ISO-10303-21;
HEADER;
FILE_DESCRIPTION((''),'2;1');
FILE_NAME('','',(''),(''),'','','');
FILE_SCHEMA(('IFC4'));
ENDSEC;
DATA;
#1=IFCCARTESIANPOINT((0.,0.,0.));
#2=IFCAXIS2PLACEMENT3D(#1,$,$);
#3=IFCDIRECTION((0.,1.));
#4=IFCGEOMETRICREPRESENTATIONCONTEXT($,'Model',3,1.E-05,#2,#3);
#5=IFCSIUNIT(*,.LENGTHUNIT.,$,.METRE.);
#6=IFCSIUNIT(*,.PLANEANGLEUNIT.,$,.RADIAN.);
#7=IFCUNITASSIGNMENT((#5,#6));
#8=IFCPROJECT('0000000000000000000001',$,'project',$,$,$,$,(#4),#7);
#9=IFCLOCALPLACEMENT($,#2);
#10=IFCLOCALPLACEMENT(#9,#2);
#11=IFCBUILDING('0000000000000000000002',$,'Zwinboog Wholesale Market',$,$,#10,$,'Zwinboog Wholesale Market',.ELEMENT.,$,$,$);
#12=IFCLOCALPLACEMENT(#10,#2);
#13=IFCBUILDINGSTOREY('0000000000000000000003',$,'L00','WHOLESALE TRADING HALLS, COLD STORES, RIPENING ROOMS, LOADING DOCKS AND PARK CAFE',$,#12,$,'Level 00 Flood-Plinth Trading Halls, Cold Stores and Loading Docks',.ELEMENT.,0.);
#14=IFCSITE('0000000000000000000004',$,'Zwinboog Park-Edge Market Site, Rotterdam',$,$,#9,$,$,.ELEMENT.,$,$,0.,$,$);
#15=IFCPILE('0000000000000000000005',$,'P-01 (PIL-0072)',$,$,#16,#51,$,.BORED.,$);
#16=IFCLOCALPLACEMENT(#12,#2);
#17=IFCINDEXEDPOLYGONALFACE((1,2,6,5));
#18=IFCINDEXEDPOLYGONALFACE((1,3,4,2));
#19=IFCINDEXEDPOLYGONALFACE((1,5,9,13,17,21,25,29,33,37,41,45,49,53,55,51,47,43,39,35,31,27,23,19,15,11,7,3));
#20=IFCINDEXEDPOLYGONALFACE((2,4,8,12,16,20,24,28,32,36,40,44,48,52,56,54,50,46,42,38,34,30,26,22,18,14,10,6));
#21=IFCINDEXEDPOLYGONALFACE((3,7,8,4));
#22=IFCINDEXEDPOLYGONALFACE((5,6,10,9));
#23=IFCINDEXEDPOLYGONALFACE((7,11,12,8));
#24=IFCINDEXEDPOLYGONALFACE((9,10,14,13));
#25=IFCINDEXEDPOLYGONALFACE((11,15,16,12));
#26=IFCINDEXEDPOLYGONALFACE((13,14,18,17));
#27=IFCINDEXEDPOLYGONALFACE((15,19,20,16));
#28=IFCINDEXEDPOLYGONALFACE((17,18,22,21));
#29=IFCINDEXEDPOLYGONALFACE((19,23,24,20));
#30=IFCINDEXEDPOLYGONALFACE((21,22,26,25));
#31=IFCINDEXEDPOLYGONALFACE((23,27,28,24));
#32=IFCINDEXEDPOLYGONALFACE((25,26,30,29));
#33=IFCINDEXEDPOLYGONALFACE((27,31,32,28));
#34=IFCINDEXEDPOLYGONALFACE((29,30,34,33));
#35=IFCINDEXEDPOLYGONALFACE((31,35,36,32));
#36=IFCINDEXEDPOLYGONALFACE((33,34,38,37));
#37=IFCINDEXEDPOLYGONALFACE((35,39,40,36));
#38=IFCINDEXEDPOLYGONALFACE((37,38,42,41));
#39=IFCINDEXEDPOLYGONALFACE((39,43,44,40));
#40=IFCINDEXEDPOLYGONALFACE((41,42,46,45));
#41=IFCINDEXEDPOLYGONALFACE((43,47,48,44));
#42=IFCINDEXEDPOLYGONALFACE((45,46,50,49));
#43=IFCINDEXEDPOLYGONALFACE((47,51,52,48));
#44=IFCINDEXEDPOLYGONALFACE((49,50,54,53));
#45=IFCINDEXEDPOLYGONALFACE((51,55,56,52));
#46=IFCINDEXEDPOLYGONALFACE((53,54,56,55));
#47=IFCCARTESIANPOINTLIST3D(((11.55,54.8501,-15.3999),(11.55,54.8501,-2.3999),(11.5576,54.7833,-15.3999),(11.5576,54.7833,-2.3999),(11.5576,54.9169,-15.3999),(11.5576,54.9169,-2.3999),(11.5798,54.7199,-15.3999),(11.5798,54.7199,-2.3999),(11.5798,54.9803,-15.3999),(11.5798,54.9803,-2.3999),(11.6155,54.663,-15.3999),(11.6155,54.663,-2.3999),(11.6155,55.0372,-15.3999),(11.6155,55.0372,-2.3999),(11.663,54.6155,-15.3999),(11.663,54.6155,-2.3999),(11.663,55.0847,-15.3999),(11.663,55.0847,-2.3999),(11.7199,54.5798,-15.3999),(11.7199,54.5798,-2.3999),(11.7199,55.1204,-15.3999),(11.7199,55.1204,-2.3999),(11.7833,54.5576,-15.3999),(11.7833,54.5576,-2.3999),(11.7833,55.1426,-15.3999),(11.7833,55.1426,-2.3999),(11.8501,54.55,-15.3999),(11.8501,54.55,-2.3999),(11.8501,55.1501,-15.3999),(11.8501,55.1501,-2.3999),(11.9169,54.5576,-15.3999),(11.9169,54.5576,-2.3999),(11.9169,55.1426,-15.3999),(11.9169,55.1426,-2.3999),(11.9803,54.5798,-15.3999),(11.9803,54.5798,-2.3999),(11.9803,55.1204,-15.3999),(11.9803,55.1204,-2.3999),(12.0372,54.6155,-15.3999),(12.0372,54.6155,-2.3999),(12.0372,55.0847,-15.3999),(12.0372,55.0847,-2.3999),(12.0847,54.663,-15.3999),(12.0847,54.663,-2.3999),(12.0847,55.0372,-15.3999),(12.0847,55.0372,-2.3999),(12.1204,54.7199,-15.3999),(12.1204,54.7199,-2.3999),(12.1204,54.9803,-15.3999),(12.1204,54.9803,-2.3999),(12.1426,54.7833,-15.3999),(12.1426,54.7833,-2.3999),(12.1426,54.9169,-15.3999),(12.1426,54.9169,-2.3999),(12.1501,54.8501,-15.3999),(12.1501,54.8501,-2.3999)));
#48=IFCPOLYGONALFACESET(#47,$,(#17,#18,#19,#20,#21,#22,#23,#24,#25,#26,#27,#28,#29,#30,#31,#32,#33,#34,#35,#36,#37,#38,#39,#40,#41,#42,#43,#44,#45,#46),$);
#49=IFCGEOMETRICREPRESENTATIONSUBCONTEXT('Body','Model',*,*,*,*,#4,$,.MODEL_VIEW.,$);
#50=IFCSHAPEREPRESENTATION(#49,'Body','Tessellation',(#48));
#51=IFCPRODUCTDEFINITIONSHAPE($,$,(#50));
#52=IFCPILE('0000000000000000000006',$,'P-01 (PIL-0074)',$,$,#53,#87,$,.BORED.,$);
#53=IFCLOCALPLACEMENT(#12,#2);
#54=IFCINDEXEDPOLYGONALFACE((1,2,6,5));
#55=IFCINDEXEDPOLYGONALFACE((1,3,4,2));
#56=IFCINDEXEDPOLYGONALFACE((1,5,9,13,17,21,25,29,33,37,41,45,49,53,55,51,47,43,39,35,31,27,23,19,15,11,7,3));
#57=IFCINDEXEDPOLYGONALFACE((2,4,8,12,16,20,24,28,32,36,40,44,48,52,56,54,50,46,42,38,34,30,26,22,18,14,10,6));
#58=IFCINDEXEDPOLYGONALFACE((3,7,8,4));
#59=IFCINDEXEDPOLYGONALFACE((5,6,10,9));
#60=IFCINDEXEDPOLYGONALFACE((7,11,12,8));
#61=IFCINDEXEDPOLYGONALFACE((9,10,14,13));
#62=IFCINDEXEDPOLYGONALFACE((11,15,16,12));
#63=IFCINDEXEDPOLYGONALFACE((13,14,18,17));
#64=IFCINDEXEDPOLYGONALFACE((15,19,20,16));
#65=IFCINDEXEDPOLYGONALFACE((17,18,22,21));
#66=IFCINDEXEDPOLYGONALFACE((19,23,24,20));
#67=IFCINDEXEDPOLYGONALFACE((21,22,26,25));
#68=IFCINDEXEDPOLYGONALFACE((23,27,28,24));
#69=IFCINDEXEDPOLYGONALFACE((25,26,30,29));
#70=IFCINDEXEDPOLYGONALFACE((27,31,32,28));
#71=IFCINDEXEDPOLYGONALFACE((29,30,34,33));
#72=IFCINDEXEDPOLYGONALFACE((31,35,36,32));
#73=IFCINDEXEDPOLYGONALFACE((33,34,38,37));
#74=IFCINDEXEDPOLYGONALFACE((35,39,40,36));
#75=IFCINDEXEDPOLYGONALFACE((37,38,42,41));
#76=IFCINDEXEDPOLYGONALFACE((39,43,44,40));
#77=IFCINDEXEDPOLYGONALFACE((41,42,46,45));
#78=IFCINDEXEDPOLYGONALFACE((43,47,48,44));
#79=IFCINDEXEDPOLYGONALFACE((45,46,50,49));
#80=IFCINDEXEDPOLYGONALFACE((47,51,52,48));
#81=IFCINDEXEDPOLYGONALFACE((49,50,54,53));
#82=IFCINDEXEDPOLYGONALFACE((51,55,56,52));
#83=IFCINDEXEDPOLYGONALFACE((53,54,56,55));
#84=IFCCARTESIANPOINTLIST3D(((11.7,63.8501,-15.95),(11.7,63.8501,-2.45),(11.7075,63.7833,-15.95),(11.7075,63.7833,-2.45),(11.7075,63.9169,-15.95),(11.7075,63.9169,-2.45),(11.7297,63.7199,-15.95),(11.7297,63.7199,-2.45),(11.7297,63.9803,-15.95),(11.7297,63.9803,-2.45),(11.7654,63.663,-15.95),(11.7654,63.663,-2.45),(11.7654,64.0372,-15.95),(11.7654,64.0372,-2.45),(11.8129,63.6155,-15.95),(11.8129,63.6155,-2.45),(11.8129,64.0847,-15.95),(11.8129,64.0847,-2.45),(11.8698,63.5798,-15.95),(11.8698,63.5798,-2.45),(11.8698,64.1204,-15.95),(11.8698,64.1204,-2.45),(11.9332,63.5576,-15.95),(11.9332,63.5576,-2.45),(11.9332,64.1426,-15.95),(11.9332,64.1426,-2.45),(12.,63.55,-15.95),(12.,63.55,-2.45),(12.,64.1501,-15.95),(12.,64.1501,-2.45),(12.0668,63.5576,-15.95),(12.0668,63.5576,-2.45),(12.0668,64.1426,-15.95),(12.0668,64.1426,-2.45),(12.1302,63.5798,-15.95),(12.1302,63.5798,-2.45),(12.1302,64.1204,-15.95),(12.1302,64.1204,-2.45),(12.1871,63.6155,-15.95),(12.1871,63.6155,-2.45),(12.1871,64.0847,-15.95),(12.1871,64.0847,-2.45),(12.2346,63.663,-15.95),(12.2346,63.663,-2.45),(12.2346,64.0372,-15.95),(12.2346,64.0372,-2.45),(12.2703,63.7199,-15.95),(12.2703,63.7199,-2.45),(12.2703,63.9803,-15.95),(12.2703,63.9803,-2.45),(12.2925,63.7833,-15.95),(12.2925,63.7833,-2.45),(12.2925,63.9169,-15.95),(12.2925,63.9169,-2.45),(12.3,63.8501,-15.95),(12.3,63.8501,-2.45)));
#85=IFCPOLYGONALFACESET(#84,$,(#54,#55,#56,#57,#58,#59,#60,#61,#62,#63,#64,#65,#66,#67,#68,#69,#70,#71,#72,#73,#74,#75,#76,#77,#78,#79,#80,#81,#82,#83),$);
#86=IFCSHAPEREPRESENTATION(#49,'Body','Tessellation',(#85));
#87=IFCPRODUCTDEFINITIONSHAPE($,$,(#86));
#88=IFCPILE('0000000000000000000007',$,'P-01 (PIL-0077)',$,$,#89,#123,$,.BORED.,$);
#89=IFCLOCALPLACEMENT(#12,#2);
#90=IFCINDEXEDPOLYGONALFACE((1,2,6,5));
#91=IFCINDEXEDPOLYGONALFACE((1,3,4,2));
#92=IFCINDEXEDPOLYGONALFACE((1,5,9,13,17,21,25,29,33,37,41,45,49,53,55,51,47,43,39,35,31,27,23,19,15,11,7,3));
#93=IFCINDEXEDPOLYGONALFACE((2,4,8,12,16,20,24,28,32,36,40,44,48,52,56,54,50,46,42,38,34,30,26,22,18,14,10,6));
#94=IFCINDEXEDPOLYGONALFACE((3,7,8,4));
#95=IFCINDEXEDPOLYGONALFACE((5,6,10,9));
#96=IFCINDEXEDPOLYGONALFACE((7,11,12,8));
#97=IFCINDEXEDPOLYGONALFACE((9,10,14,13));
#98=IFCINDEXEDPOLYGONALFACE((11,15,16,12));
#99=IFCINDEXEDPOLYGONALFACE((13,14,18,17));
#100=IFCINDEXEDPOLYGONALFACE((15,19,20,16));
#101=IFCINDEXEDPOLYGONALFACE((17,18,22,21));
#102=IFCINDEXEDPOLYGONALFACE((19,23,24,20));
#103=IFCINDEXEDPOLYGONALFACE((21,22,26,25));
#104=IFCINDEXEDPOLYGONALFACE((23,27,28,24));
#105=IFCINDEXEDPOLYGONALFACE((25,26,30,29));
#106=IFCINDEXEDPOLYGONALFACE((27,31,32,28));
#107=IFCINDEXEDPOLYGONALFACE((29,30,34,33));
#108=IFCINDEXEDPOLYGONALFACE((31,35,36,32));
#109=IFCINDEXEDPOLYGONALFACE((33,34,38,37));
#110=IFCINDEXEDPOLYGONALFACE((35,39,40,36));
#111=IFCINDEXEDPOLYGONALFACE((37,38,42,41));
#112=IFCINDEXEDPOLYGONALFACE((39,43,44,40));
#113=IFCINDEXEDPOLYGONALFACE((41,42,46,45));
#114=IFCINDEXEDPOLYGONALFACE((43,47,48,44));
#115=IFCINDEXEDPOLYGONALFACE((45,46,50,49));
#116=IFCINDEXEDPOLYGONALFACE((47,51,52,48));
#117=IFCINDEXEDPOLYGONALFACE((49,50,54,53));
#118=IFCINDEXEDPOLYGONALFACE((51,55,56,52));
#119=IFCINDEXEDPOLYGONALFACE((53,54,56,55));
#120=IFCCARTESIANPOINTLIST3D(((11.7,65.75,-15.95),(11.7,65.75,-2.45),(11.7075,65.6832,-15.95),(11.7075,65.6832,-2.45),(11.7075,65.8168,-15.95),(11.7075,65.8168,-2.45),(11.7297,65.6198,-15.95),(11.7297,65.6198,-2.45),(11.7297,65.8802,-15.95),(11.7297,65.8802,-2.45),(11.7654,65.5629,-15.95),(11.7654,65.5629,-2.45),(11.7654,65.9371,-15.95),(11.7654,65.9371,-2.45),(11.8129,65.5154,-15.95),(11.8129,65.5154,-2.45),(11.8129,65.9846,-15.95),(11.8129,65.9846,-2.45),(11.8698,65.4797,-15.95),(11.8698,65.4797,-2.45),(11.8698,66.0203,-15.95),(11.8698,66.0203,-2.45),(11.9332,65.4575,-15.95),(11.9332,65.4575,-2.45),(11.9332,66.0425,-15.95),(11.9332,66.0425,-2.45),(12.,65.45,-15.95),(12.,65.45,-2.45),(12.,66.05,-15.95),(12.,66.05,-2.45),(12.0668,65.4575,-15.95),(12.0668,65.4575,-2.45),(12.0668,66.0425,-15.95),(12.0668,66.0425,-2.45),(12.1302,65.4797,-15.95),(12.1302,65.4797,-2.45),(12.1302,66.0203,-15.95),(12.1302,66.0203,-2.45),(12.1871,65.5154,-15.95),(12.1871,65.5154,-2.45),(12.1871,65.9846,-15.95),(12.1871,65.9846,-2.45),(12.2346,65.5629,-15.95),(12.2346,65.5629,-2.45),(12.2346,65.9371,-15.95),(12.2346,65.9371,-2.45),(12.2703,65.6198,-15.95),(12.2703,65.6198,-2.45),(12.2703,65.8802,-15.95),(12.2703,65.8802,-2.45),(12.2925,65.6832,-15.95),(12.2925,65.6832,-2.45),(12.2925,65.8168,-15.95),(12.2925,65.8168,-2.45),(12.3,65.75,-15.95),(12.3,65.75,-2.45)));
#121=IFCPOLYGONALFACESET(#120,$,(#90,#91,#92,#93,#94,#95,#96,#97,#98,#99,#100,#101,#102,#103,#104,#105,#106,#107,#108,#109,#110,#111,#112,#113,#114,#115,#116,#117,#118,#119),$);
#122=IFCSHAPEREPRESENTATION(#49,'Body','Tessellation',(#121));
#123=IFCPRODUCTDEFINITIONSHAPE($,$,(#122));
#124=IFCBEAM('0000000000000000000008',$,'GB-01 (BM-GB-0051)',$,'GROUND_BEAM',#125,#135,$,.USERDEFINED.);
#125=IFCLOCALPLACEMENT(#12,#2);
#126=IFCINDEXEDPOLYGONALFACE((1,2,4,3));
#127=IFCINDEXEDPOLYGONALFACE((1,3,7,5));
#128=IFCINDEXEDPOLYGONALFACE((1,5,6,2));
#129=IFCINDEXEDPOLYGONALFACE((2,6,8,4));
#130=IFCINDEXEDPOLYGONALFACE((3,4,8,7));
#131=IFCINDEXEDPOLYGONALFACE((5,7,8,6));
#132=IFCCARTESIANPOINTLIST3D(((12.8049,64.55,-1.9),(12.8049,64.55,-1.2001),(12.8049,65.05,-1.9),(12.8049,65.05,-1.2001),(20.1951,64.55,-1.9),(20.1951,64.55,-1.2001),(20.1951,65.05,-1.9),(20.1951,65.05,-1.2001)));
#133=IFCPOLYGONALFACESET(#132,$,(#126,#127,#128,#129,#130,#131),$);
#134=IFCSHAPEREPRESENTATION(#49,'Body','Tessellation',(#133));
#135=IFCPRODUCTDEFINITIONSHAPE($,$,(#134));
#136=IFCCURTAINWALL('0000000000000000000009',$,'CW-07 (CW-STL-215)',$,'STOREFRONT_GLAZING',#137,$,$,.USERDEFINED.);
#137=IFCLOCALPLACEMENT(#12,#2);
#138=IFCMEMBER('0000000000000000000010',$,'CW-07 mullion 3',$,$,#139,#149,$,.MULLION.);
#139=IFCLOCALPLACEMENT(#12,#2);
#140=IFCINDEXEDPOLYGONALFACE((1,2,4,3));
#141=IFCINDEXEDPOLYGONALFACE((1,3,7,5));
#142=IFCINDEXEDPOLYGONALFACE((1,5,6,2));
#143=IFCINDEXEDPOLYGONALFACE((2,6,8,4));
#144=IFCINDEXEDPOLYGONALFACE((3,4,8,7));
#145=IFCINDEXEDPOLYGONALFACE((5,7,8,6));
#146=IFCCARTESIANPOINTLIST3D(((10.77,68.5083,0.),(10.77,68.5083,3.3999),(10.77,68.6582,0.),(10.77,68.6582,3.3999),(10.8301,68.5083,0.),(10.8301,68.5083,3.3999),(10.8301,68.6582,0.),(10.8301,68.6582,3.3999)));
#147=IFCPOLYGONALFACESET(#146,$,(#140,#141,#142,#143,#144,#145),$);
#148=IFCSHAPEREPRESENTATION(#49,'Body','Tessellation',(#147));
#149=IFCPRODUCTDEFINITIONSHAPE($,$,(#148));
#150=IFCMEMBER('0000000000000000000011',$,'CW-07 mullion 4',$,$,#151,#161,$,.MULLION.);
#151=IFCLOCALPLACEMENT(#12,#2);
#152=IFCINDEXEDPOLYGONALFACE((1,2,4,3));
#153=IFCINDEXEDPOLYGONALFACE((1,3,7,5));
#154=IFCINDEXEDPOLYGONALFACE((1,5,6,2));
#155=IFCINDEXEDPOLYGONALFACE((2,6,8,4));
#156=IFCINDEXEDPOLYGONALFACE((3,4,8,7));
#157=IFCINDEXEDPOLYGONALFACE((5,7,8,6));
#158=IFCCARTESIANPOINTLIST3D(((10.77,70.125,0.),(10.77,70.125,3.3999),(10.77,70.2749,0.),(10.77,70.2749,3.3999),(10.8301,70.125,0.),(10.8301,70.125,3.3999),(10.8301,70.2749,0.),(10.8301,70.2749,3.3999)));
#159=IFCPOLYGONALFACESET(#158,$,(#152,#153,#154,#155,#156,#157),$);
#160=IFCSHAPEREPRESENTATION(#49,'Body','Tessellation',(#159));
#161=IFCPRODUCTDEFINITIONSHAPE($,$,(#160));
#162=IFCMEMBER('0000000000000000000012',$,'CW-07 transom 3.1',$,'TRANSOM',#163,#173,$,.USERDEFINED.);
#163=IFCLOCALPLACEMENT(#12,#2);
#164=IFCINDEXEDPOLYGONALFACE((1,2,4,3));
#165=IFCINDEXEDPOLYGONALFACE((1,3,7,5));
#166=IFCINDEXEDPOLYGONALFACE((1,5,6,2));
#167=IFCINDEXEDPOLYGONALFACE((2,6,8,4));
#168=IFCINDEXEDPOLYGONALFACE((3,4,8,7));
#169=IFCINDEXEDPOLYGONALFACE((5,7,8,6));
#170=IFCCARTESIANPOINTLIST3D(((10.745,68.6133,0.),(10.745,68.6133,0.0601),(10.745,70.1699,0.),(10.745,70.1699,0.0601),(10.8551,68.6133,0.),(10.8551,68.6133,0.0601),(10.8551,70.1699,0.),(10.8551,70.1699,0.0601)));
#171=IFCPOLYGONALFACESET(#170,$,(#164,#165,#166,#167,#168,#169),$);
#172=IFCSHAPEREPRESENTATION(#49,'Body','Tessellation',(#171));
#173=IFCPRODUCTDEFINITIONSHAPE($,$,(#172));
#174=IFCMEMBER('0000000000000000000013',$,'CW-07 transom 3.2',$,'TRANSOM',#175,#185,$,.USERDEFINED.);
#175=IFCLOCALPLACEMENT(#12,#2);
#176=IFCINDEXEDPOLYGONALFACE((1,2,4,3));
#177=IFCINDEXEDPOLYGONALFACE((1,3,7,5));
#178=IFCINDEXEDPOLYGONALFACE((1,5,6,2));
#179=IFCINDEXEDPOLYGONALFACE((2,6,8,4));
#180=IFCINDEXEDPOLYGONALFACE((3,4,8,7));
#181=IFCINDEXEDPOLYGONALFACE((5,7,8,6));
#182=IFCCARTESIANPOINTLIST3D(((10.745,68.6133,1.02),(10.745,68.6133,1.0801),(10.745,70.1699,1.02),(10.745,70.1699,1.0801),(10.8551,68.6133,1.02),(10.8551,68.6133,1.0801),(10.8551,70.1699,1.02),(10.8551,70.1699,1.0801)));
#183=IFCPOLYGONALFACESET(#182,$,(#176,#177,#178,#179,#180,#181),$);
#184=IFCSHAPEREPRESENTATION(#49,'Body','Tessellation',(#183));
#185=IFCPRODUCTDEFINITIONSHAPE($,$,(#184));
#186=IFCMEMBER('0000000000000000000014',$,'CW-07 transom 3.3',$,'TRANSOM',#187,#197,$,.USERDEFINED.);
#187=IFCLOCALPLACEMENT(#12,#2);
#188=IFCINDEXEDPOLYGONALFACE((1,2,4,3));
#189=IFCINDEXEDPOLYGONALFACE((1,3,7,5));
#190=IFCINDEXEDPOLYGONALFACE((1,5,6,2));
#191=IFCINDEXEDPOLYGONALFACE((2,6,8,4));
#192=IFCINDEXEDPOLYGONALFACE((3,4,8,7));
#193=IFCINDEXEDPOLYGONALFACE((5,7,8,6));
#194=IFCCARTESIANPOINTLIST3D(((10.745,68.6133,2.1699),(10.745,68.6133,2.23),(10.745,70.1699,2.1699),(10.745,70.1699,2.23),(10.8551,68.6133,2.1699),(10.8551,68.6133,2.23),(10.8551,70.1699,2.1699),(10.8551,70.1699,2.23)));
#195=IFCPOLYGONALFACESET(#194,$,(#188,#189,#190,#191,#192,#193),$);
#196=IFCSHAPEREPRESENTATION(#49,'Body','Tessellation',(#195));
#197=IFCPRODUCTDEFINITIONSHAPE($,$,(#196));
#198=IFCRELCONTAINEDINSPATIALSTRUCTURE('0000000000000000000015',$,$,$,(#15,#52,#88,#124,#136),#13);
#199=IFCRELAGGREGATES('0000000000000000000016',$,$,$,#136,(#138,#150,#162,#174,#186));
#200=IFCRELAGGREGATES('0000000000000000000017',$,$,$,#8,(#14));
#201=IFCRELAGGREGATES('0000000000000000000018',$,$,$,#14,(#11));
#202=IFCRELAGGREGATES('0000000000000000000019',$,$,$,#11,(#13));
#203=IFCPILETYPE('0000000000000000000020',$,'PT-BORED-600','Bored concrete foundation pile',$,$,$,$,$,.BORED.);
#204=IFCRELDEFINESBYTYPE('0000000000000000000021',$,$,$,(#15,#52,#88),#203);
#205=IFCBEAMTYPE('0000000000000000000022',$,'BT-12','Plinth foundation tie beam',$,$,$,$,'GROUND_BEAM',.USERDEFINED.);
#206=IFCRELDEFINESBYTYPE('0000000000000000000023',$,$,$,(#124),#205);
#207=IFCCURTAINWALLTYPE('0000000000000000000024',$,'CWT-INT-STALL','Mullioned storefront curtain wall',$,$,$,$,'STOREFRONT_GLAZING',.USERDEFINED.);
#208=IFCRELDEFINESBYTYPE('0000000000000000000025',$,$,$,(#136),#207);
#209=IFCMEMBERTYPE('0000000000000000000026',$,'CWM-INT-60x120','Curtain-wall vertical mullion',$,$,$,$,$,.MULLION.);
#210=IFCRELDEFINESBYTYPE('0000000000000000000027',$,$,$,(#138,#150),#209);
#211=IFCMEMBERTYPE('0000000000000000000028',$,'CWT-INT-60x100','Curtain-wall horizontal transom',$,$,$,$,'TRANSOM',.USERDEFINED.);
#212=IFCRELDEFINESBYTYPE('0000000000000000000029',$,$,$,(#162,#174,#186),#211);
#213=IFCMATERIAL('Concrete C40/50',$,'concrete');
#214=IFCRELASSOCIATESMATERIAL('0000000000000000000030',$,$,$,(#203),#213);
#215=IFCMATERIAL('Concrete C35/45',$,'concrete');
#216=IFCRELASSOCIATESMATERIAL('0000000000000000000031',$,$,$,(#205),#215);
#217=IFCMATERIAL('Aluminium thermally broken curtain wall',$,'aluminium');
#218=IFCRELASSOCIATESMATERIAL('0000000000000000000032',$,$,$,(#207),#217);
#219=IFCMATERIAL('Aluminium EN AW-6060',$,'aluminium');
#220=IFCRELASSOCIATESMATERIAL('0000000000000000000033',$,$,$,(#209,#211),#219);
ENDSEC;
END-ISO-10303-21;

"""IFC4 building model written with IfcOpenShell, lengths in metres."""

from ifc_helpers import new_model, si_unit, direction, frame, origin, origin_2d, place, context, subcontext, project, spatial, rectangle, circle, extrude, material, material_profile, profile_set, type_object, element, aggregate, save


model = new_model("IFC4")

# Units and contexts
model_context = context("Model", 3, precision=1e-05, world=origin(), true_north=direction((0.0, 1.0)))
body_context = subcontext(model_context, "Body", "Model", "MODEL_VIEW")
ifc_project = project(units=[si_unit("LENGTHUNIT", "METRE"), si_unit("PLANEANGLEUNIT", "RADIAN")], contexts=[model_context])

# Site, building, storey
site_placement = place(None, origin())
site = spatial("IfcSite", under=ifc_project, at=site_placement, Name="Zwinboog Park-Edge Market Site, Rotterdam", CompositionType="ELEMENT", RefElevation=0.0)
building_placement = place(site_placement, origin())
building = spatial("IfcBuilding", under=site, at=building_placement, Name="Zwinboog Wholesale Market", LongName="Zwinboog Wholesale Market", CompositionType="ELEMENT")
storey_placement = place(building_placement, origin())
storey = spatial("IfcBuildingStorey", under=building, at=storey_placement, Name="L00", Description="WHOLESALE TRADING HALLS, COLD STORES, RIPENING ROOMS, LOADING DOCKS AND PARK CAFE", LongName="Level 00 Flood-Plinth Trading Halls, Cold Stores and Loading Docks", CompositionType="ELEMENT", Elevation=0.0)

# Piles
ifc_material_1 = material(Name="Concrete C40/50", Category="concrete")
ifc_material_profile_1 = material_profile(ifc_material_1, circle(Radius=0.3, at=origin_2d()), Name="PILE D600")
ifc_profile_set_1 = profile_set([ifc_material_profile_1], Name="Concrete C40/50")
pile_type = type_object("IfcPileType", Name="PT-BORED-600", Description="Bored concrete foundation pile", PredefinedType="BORED", material=ifc_profile_set_1)
pile_placement = place(storey_placement, frame((11.8501, 54.8501, -2.3999), z_axis=(0.0, 0.0, -1.0), x_axis=(1.0, 0.0, 0.0)))
element("IfcPile", 1, at=pile_placement, inside=storey, type_object=pile_type, Name="P-01 (PIL-0072)", PredefinedType="BORED", context=body_context, shape_type="SweptSolid", body=[
    extrude(circle(Radius=0.3, at=origin_2d()), origin(), (0.0, 0.0, 1.0), 13.0),
])
for number, where, z_axis, x_axis, name in (
    (2, (12.0, 63.8501, -2.45), (0.0, 0.0, -1.0), (1.0, 0.0, 0.0), "P-01 (PIL-0074)"),
    (3, (12.0, 65.75, -2.45), (0.0, 0.0, -1.0), (1.0, 0.0, 0.0), "P-01 (PIL-0077)"),
):
    element("IfcPile", number, at=place(storey_placement, frame(where, z_axis=z_axis, x_axis=x_axis)), inside=storey, type_object=pile_type, Name=name, PredefinedType="BORED", context=body_context, shape_type="SweptSolid", body=[
        extrude(circle(Radius=0.3, at=origin_2d()), origin(), (0.0, 0.0, 1.0), 13.5),
    ])

# Beam
ifc_material_2 = material(Name="Concrete C35/45", Category="concrete")
ifc_material_profile_2 = material_profile(ifc_material_2, rectangle(XDim=0.5, YDim=0.7, at=origin_2d()), Name="RC 500x700")
ifc_profile_set_2 = profile_set([ifc_material_profile_2], Name="Concrete C35/45")
beam_type = type_object("IfcBeamType", Name="BT-12", Description="Plinth foundation tie beam", ElementType="GROUND_BEAM", PredefinedType="USERDEFINED", material=ifc_profile_set_2)
beam_placement = place(storey_placement, frame((12.8049, 64.8, -1.55), z_axis=(1.0, 0.0, 0.0), x_axis=(0.0, 1.0, 0.0)))
element("IfcBeam", 4, at=beam_placement, inside=storey, type_object=beam_type, Name="GB-01 (BM-GB-0051)", ObjectType="GROUND_BEAM", PredefinedType="USERDEFINED", context=body_context, shape_type="SweptSolid", body=[
    extrude(rectangle(XDim=0.5, YDim=0.7, at=origin_2d()), origin(), (0.0, 0.0, 1.0), 7.3901),
])

# Curtain wall, members
ifc_material_3 = material(Name="Aluminium thermally broken curtain wall", Category="aluminium")
curtain_wall_type = type_object("IfcCurtainWallType", Name="CWT-INT-STALL", Description="Mullioned storefront curtain wall", ElementType="STOREFRONT_GLAZING", PredefinedType="USERDEFINED", material=ifc_material_3)
curtain_wall_placement = place(storey_placement, origin())
curtain_wall = element("IfcCurtainWall", 5, at=curtain_wall_placement, inside=storey, type_object=curtain_wall_type, Name="CW-07 (CW-STL-215)", ObjectType="STOREFRONT_GLAZING", PredefinedType="USERDEFINED")
ifc_material_4 = material(Name="Aluminium EN AW-6060", Category="aluminium")
ifc_material_profile_3 = material_profile(ifc_material_4, rectangle(XDim=0.0601, YDim=0.1499, at=origin_2d()), Name="AL 60x150")
ifc_profile_set_3 = profile_set([ifc_material_profile_3], Name="Aluminium EN AW-6060")
member_type_1 = type_object("IfcMemberType", Name="CWM-INT-60x120", Description="Curtain-wall vertical mullion", PredefinedType="MULLION", material=ifc_profile_set_3)
member_1_placement = place(storey_placement, frame((10.8, 68.5833, 0.0), z_axis=(0.0, 0.0, 1.0), x_axis=(-1.0, 0.0, 0.0)))
member_1 = element("IfcMember", 6, at=member_1_placement, type_object=member_type_1, Name="CW-07 mullion 3", PredefinedType="MULLION", context=body_context, shape_type="SweptSolid", body=[
    extrude(rectangle(XDim=0.0601, YDim=0.1499, at=origin_2d()), origin(), (0.0, 0.0, 1.0), 3.3999),
])
member_2_placement = place(storey_placement, frame((10.8, 70.2, 0.0), z_axis=(0.0, 0.0, 1.0), x_axis=(-1.0, 0.0, 0.0)))
member_2 = element("IfcMember", 7, at=member_2_placement, type_object=member_type_1, Name="CW-07 mullion 4", PredefinedType="MULLION", context=body_context, shape_type="SweptSolid", body=[
    extrude(rectangle(XDim=0.0601, YDim=0.1499, at=origin_2d()), origin(), (0.0, 0.0, 1.0), 3.3999),
])
ifc_material_profile_4 = material_profile(ifc_material_4, rectangle(XDim=0.1101, YDim=0.0601, at=origin_2d()), Name="AL 60x110")
ifc_profile_set_4 = profile_set([ifc_material_profile_4], Name="Aluminium EN AW-6060")
member_type_2 = type_object("IfcMemberType", Name="CWT-INT-60x100", Description="Curtain-wall horizontal transom", ElementType="TRANSOM", PredefinedType="USERDEFINED", material=ifc_profile_set_4)
member_3_placement = place(storey_placement, frame((10.8, 68.6133, 0.03), z_axis=(0.0, 1.0, 0.0), x_axis=(-1.0, 0.0, 0.0)))
member_3 = element("IfcMember", 8, at=member_3_placement, type_object=member_type_2, Name="CW-07 transom 3.1", ObjectType="TRANSOM", PredefinedType="USERDEFINED", context=body_context, shape_type="SweptSolid", body=[
    extrude(rectangle(XDim=0.1101, YDim=0.0601, at=origin_2d()), origin(), (0.0, 0.0, 1.0), 1.5566),
])
member_4_placement = place(storey_placement, frame((10.8, 68.6133, 1.05), z_axis=(0.0, 1.0, 0.0), x_axis=(-1.0, 0.0, 0.0)))
member_4 = element("IfcMember", 9, at=member_4_placement, type_object=member_type_2, Name="CW-07 transom 3.2", ObjectType="TRANSOM", PredefinedType="USERDEFINED", context=body_context, shape_type="SweptSolid", body=[
    extrude(rectangle(XDim=0.1101, YDim=0.0601, at=origin_2d()), origin(), (0.0, 0.0, 1.0), 1.5566),
])
member_5_placement = place(storey_placement, frame((10.8, 68.6133, 2.2), z_axis=(0.0, 1.0, 0.0), x_axis=(-1.0, 0.0, 0.0)))
member_5 = element("IfcMember", 10, at=member_5_placement, type_object=member_type_2, Name="CW-07 transom 3.3", ObjectType="TRANSOM", PredefinedType="USERDEFINED", context=body_context, shape_type="SweptSolid", body=[
    extrude(rectangle(XDim=0.1101, YDim=0.0601, at=origin_2d()), origin(), (0.0, 0.0, 1.0), 1.5566),
])
aggregate(curtain_wall, [member_1, member_2, member_3, member_4, member_5])

save(model, "model.ifc")
